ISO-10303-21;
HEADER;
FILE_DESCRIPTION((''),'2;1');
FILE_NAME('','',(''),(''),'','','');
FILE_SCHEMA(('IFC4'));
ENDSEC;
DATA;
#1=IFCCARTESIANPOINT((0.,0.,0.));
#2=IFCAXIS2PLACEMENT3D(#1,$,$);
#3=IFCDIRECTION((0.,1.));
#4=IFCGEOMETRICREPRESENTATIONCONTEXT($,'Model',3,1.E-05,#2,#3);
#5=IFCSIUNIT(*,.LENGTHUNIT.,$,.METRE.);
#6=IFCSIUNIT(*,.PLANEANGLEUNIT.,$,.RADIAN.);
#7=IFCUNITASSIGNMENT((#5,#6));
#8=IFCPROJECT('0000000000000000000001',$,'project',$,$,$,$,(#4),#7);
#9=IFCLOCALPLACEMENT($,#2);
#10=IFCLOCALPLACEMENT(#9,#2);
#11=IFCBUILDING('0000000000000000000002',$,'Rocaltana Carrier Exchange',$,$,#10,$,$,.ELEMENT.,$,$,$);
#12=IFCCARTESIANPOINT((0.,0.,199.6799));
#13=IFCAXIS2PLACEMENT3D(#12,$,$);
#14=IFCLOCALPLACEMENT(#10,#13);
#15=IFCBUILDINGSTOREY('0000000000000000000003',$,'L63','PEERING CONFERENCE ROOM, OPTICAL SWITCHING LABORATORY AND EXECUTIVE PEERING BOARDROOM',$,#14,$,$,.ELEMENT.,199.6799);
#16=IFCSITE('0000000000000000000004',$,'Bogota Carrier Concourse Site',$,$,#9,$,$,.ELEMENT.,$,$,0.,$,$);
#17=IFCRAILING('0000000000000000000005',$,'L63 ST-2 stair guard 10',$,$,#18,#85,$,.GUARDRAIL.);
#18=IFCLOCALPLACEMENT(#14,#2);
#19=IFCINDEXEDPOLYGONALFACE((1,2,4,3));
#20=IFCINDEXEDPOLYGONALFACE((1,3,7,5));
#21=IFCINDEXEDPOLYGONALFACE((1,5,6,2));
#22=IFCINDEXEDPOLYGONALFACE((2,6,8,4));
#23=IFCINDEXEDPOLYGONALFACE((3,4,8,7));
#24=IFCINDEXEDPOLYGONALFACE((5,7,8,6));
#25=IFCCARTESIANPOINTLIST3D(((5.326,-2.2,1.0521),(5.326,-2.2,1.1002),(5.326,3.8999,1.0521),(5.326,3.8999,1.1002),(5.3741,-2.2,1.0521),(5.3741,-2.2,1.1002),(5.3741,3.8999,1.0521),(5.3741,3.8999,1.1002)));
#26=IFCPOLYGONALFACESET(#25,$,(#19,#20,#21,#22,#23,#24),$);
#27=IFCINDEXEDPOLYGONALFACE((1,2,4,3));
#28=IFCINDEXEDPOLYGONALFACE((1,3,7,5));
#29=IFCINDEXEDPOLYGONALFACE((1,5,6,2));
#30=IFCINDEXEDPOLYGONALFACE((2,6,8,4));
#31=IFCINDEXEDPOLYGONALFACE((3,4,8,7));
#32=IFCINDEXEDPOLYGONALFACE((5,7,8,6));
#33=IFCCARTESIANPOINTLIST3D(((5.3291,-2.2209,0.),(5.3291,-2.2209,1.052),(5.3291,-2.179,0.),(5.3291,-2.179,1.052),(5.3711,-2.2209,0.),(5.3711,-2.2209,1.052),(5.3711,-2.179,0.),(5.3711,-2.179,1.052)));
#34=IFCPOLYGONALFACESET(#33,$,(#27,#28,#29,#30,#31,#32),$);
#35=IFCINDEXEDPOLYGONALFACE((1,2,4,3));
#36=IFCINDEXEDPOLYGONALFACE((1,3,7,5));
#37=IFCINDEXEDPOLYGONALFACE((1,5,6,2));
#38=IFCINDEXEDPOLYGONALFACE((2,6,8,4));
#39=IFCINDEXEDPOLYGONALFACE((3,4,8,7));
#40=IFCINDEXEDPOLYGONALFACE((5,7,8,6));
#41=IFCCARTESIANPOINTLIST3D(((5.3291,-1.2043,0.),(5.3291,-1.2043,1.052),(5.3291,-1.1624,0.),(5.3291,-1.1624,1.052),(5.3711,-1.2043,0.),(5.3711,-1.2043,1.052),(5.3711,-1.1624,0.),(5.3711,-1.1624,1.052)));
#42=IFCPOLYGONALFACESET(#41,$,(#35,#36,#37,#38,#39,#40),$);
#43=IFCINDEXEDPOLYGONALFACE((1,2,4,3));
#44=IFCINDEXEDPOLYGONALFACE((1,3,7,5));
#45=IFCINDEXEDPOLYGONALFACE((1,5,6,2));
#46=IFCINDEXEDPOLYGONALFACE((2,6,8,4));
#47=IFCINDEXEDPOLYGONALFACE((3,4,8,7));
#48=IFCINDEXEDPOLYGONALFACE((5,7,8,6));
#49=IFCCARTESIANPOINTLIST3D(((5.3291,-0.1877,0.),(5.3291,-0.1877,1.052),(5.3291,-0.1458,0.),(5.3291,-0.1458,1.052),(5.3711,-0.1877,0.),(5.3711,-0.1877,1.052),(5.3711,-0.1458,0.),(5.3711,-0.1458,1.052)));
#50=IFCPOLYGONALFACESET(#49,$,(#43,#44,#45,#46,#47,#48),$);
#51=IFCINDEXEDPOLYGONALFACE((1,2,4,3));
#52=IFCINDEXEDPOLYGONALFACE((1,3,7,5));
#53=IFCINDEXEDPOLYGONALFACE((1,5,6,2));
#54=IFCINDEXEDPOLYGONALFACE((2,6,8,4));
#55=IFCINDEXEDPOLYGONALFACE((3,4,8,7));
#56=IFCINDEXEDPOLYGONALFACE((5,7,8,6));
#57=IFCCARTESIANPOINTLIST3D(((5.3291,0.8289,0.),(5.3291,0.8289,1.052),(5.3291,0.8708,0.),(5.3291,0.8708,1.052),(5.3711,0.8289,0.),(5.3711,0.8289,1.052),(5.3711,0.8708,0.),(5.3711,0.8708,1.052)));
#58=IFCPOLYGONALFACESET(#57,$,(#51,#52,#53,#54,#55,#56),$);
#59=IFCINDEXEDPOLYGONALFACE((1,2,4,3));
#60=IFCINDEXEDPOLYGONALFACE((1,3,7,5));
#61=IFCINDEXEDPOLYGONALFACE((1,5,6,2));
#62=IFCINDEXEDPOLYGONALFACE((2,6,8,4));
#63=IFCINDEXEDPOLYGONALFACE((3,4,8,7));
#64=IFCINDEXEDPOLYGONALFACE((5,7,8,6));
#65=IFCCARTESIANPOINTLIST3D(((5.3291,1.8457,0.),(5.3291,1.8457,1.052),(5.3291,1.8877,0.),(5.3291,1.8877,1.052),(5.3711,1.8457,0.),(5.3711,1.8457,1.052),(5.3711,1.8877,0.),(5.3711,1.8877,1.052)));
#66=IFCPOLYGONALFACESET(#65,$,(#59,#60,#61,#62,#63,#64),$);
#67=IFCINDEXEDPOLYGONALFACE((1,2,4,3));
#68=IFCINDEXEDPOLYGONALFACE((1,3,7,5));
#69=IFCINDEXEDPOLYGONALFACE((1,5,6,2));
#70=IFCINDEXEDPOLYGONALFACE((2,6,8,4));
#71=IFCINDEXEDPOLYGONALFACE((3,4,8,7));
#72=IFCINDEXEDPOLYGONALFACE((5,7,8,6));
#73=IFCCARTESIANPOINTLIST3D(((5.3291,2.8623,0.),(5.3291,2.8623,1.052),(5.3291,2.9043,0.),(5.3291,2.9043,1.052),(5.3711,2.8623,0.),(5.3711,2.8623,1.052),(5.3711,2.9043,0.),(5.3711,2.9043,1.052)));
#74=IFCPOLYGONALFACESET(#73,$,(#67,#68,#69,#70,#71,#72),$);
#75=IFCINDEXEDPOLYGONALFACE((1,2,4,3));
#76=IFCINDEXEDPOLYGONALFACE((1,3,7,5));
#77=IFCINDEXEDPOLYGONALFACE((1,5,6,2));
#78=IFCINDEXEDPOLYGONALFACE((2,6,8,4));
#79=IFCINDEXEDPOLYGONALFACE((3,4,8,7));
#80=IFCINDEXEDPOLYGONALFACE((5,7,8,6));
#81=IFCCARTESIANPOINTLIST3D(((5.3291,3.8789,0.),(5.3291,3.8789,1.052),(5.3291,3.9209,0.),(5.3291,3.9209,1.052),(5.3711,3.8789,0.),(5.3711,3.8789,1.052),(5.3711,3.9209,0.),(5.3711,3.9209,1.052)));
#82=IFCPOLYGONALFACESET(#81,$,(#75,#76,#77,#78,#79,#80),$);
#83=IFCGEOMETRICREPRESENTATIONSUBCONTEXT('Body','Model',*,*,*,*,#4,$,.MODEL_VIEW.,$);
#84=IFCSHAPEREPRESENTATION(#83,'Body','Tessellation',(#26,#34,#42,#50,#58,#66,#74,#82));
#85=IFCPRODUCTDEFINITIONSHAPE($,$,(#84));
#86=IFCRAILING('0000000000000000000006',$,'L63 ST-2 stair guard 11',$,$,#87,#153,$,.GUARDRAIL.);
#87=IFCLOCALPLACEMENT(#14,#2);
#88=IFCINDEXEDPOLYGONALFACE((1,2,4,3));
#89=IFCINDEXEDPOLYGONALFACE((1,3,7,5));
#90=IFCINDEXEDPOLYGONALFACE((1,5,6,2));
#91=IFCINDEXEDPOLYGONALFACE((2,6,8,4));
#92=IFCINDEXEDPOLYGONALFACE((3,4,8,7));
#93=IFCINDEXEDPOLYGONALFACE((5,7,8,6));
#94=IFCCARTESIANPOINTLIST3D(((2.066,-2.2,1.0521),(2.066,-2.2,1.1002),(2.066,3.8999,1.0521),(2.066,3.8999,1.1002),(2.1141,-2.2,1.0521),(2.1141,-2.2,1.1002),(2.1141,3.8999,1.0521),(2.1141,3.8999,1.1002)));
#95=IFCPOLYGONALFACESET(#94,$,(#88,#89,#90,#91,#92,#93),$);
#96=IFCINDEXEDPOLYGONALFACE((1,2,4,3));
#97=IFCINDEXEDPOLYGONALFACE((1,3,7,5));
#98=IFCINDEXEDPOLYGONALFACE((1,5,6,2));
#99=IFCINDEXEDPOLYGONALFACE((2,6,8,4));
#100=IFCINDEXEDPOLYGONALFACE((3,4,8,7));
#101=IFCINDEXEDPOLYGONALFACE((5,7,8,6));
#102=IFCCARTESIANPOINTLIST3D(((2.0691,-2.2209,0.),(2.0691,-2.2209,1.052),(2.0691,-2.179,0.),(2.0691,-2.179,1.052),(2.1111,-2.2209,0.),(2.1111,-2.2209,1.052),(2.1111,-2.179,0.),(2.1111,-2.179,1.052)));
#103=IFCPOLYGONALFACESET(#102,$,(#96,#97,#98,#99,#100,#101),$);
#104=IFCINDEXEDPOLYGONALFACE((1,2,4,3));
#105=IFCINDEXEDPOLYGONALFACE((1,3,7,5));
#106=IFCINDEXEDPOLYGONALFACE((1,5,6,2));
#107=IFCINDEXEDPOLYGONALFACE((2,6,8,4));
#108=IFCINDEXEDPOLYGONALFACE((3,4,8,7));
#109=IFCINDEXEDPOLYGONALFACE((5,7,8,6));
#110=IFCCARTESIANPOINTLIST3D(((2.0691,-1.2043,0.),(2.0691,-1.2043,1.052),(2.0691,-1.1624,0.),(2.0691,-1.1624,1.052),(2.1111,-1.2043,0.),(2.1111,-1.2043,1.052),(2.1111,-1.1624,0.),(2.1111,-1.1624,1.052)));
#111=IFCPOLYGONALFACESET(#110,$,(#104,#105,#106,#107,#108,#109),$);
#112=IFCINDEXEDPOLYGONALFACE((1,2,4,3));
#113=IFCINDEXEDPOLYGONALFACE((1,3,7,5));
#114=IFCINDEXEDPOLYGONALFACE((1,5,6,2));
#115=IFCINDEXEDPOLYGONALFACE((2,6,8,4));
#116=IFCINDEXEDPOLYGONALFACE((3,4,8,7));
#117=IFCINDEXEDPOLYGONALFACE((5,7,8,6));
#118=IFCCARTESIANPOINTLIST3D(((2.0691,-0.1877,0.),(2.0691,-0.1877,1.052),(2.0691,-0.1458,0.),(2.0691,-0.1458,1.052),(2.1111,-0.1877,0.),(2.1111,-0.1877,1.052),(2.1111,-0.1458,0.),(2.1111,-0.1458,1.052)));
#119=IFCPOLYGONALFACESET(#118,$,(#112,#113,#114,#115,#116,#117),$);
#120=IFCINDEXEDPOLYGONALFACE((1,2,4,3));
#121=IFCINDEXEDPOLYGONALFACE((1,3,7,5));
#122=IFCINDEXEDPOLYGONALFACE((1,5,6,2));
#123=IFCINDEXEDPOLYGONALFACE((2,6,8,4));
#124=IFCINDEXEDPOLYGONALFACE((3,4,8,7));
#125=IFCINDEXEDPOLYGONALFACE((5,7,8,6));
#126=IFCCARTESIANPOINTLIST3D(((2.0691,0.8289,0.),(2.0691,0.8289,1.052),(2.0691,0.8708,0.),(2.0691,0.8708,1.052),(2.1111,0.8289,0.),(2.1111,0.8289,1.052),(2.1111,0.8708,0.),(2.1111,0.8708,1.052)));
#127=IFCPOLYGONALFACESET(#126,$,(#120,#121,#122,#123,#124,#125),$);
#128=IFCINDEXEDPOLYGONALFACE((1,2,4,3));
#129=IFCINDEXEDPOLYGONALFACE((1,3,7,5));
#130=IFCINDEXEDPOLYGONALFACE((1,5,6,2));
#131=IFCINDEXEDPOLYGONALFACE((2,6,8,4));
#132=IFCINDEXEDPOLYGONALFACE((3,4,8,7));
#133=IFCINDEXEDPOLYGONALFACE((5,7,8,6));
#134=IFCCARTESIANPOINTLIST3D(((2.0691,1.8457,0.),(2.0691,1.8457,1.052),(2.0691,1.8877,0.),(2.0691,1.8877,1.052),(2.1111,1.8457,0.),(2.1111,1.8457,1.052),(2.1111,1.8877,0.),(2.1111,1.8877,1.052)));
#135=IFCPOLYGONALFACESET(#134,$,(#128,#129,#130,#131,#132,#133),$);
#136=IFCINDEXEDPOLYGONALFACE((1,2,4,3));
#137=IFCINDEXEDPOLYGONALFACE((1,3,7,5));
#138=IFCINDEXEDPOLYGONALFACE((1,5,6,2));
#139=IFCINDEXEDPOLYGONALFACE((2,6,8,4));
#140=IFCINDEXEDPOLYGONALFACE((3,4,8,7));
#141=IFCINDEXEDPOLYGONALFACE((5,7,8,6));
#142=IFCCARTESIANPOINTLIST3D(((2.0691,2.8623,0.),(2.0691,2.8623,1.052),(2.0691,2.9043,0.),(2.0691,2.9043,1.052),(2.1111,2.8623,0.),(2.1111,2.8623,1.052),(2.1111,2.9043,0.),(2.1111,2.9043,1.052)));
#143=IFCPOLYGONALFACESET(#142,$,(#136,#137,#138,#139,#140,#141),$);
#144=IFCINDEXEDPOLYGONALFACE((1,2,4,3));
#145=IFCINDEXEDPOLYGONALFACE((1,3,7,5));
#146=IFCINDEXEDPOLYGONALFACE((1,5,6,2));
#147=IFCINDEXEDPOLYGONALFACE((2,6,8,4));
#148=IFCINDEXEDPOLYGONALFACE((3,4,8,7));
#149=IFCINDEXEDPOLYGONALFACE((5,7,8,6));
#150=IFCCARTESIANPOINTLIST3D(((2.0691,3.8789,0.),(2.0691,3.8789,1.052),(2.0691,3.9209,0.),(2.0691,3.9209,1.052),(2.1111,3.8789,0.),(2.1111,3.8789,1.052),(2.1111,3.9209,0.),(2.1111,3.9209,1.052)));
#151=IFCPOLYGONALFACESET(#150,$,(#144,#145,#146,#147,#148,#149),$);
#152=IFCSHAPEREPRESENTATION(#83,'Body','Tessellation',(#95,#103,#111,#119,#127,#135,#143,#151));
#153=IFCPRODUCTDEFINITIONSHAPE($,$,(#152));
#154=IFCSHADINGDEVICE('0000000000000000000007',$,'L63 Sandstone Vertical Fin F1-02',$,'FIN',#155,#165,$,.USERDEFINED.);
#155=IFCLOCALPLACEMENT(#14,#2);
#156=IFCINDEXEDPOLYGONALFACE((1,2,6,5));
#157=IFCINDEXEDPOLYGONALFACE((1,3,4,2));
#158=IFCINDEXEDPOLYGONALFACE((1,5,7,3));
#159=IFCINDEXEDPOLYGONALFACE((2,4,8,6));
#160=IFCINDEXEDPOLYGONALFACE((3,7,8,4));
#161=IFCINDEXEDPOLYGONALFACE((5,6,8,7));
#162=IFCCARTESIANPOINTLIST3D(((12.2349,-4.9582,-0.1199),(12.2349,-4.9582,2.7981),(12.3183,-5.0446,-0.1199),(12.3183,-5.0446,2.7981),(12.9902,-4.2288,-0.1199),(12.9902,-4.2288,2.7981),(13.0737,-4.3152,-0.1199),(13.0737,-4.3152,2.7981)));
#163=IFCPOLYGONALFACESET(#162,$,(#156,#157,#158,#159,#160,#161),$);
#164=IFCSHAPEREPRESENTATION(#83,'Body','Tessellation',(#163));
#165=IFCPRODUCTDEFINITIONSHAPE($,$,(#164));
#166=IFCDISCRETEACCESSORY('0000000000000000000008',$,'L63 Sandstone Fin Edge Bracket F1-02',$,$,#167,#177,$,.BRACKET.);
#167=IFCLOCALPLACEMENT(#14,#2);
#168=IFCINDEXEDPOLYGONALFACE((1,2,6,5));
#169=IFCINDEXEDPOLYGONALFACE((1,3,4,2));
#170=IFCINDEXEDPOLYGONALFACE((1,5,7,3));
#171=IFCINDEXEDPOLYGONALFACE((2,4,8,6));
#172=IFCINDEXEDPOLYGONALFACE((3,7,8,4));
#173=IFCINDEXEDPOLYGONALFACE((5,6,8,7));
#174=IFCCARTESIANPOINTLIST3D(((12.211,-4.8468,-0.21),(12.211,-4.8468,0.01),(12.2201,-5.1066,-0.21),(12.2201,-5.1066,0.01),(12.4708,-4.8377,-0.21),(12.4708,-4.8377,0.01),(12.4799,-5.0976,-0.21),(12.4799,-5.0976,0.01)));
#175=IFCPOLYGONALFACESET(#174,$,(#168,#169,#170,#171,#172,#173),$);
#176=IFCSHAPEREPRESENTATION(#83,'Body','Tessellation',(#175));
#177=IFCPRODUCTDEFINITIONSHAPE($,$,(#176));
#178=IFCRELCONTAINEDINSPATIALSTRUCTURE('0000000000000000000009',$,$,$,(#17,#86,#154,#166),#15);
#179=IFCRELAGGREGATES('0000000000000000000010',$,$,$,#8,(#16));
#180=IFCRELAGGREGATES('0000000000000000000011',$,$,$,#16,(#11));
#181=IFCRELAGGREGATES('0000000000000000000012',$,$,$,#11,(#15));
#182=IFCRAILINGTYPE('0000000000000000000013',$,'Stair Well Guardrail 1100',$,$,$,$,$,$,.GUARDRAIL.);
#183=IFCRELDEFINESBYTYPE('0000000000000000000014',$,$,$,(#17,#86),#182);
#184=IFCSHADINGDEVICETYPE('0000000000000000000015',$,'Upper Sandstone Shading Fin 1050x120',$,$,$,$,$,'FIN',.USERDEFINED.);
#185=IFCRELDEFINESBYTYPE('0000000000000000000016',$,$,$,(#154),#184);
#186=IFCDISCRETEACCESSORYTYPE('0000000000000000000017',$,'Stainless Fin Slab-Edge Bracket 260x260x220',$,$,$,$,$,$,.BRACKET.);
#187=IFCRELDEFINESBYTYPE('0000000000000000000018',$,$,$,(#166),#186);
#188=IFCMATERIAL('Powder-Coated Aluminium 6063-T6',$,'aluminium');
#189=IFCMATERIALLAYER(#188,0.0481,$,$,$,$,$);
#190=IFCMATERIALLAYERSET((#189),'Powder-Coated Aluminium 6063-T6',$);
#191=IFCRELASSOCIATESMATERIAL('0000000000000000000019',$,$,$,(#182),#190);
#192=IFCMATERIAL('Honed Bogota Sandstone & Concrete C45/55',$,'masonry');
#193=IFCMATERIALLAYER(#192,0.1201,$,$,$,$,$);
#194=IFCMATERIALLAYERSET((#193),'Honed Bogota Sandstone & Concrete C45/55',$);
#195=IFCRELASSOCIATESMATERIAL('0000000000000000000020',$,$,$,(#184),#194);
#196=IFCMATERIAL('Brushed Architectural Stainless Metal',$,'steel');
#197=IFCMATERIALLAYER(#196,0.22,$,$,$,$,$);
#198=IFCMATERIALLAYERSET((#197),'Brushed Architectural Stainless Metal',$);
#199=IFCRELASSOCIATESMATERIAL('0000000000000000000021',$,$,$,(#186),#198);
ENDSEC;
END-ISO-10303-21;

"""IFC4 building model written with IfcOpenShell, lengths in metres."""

from ifc_helpers import new_model, si_unit, direction, frame, origin, origin_2d, place, context, subcontext, project, spatial, rectangle, extrude, material, layer, layer_set, type_object, element, save


model = new_model("IFC4")

# Units and contexts
model_context = context("Model", 3, precision=1e-05, world=origin(), true_north=direction((0.0, 1.0)))
body_context = subcontext(model_context, "Body", "Model", "MODEL_VIEW")
ifc_project = project(units=[si_unit("LENGTHUNIT", "METRE"), si_unit("PLANEANGLEUNIT", "RADIAN")], contexts=[model_context])

# Site, building, storey
site_placement = place(None, origin())
site = spatial("IfcSite", under=ifc_project, at=site_placement, Name="Bogota Carrier Concourse Site", CompositionType="ELEMENT", RefElevation=0.0)
building_placement = place(site_placement, origin())
building = spatial("IfcBuilding", under=site, at=building_placement, Name="Rocaltana Carrier Exchange", CompositionType="ELEMENT")
storey_placement = place(building_placement, frame((0.0, 0.0, 199.6799)))
storey = spatial("IfcBuildingStorey", under=building, at=storey_placement, Name="L63", Description="PEERING CONFERENCE ROOM, OPTICAL SWITCHING LABORATORY AND EXECUTIVE PEERING BOARDROOM", CompositionType="ELEMENT", Elevation=199.6799)

# Railings
ifc_material_1 = material(Name="Powder-Coated Aluminium 6063-T6", Category="aluminium")
ifc_layer_1 = layer(ifc_material_1, 0.0481)
ifc_layer_set_1 = layer_set([ifc_layer_1], Name="Powder-Coated Aluminium 6063-T6")
railing_type_1 = type_object("IfcRailingType", Name="Stair Well Guardrail 1100", PredefinedType="GUARDRAIL", material=ifc_layer_set_1)
for number, where, name in (
    (1, (5.3501, -2.2, 0.0), "L63 ST-2 stair guard 10"),
    (2, (2.0901, -2.2, 0.0), "L63 ST-2 stair guard 11"),
):
    element("IfcRailing", number, at=place(storey_placement, frame(where)), inside=storey, type_object=railing_type_1, Name=name, PredefinedType="GUARDRAIL", context=body_context, shape_type="SweptSolid", body=[
        extrude(rectangle(XDim=0.0481, YDim=0.0481, at=origin_2d()), frame((0.0, 0.0, 1.0762), z_axis=(0.0, 1.0, 0.0), x_axis=(-1.0, 0.0, 0.0)), (0.0, 0.0, 1.0), 6.0999),
        extrude(rectangle(XDim=0.042, YDim=0.042, at=origin_2d()), origin(), (0.0, 0.0, 1.0), 1.052),
        extrude(rectangle(XDim=0.042, YDim=0.042, at=origin_2d()), frame((0.0, 1.0166, 0.0)), (0.0, 0.0, 1.0), 1.052),
        extrude(rectangle(XDim=0.042, YDim=0.042, at=origin_2d()), frame((0.0, 2.0332, 0.0)), (0.0, 0.0, 1.0), 1.052),
        extrude(rectangle(XDim=0.042, YDim=0.042, at=origin_2d()), frame((0.0, 3.0498, 0.0)), (0.0, 0.0, 1.0), 1.052),
        extrude(rectangle(XDim=0.042, YDim=0.042, at=origin_2d()), frame((0.0, 4.0667, 0.0)), (0.0, 0.0, 1.0), 1.052),
        extrude(rectangle(XDim=0.042, YDim=0.042, at=origin_2d()), frame((0.0, 5.0833, 0.0)), (0.0, 0.0, 1.0), 1.052),
        extrude(rectangle(XDim=0.042, YDim=0.042, at=origin_2d()), frame((0.0, 6.0999, 0.0)), (0.0, 0.0, 1.0), 1.052),
    ])

# Shading device
ifc_material_2 = material(Name="Honed Bogota Sandstone & Concrete C45/55", Category="masonry")
ifc_layer_2 = layer(ifc_material_2, 0.1201)
ifc_layer_set_2 = layer_set([ifc_layer_2], Name="Honed Bogota Sandstone & Concrete C45/55")
shading_device_type = type_object("IfcShadingDeviceType", Name="Upper Sandstone Shading Fin 1050x120", ElementType="FIN", PredefinedType="USERDEFINED", material=ifc_layer_set_2)
shading_device_placement = place(storey_placement, frame((12.6543, -4.6367, -0.1199), z_axis=(0.0, 0.0, 1.0), x_axis=(0.71934, 0.694658, 0.0)))
element("IfcShadingDevice", 3, at=shading_device_placement, inside=storey, type_object=shading_device_type, Name="L63 Sandstone Vertical Fin F1-02", ObjectType="FIN", PredefinedType="USERDEFINED", context=body_context, shape_type="SweptSolid", body=[
    extrude(rectangle(XDim=1.05, YDim=0.1201, at=origin_2d()), origin(), (0.0, 0.0, 1.0), 2.918),
])

# Discrete accessory
ifc_material_3 = material(Name="Brushed Architectural Stainless Metal", Category="steel")
ifc_layer_3 = layer(ifc_material_3, 0.22)
ifc_layer_set_3 = layer_set([ifc_layer_3], Name="Brushed Architectural Stainless Metal")
discrete_accessory_type = type_object("IfcDiscreteAccessoryType", Name="Stainless Fin Slab-Edge Bracket 260x260x220", PredefinedType="BRACKET", material=ifc_layer_set_3)
discrete_accessory_placement = place(storey_placement, frame((12.3455, -4.9722, -0.21), z_axis=(0.0, 0.0, 1.0), x_axis=(-0.034899, 0.999391, 0.0)))
element("IfcDiscreteAccessory", 4, at=discrete_accessory_placement, inside=storey, type_object=discrete_accessory_type, Name="L63 Sandstone Fin Edge Bracket F1-02", PredefinedType="BRACKET", context=body_context, shape_type="SweptSolid", body=[
    extrude(rectangle(XDim=0.26, YDim=0.26, at=origin_2d()), origin(), (0.0, 0.0, 1.0), 0.22),
])

save(model, "model.ifc")
